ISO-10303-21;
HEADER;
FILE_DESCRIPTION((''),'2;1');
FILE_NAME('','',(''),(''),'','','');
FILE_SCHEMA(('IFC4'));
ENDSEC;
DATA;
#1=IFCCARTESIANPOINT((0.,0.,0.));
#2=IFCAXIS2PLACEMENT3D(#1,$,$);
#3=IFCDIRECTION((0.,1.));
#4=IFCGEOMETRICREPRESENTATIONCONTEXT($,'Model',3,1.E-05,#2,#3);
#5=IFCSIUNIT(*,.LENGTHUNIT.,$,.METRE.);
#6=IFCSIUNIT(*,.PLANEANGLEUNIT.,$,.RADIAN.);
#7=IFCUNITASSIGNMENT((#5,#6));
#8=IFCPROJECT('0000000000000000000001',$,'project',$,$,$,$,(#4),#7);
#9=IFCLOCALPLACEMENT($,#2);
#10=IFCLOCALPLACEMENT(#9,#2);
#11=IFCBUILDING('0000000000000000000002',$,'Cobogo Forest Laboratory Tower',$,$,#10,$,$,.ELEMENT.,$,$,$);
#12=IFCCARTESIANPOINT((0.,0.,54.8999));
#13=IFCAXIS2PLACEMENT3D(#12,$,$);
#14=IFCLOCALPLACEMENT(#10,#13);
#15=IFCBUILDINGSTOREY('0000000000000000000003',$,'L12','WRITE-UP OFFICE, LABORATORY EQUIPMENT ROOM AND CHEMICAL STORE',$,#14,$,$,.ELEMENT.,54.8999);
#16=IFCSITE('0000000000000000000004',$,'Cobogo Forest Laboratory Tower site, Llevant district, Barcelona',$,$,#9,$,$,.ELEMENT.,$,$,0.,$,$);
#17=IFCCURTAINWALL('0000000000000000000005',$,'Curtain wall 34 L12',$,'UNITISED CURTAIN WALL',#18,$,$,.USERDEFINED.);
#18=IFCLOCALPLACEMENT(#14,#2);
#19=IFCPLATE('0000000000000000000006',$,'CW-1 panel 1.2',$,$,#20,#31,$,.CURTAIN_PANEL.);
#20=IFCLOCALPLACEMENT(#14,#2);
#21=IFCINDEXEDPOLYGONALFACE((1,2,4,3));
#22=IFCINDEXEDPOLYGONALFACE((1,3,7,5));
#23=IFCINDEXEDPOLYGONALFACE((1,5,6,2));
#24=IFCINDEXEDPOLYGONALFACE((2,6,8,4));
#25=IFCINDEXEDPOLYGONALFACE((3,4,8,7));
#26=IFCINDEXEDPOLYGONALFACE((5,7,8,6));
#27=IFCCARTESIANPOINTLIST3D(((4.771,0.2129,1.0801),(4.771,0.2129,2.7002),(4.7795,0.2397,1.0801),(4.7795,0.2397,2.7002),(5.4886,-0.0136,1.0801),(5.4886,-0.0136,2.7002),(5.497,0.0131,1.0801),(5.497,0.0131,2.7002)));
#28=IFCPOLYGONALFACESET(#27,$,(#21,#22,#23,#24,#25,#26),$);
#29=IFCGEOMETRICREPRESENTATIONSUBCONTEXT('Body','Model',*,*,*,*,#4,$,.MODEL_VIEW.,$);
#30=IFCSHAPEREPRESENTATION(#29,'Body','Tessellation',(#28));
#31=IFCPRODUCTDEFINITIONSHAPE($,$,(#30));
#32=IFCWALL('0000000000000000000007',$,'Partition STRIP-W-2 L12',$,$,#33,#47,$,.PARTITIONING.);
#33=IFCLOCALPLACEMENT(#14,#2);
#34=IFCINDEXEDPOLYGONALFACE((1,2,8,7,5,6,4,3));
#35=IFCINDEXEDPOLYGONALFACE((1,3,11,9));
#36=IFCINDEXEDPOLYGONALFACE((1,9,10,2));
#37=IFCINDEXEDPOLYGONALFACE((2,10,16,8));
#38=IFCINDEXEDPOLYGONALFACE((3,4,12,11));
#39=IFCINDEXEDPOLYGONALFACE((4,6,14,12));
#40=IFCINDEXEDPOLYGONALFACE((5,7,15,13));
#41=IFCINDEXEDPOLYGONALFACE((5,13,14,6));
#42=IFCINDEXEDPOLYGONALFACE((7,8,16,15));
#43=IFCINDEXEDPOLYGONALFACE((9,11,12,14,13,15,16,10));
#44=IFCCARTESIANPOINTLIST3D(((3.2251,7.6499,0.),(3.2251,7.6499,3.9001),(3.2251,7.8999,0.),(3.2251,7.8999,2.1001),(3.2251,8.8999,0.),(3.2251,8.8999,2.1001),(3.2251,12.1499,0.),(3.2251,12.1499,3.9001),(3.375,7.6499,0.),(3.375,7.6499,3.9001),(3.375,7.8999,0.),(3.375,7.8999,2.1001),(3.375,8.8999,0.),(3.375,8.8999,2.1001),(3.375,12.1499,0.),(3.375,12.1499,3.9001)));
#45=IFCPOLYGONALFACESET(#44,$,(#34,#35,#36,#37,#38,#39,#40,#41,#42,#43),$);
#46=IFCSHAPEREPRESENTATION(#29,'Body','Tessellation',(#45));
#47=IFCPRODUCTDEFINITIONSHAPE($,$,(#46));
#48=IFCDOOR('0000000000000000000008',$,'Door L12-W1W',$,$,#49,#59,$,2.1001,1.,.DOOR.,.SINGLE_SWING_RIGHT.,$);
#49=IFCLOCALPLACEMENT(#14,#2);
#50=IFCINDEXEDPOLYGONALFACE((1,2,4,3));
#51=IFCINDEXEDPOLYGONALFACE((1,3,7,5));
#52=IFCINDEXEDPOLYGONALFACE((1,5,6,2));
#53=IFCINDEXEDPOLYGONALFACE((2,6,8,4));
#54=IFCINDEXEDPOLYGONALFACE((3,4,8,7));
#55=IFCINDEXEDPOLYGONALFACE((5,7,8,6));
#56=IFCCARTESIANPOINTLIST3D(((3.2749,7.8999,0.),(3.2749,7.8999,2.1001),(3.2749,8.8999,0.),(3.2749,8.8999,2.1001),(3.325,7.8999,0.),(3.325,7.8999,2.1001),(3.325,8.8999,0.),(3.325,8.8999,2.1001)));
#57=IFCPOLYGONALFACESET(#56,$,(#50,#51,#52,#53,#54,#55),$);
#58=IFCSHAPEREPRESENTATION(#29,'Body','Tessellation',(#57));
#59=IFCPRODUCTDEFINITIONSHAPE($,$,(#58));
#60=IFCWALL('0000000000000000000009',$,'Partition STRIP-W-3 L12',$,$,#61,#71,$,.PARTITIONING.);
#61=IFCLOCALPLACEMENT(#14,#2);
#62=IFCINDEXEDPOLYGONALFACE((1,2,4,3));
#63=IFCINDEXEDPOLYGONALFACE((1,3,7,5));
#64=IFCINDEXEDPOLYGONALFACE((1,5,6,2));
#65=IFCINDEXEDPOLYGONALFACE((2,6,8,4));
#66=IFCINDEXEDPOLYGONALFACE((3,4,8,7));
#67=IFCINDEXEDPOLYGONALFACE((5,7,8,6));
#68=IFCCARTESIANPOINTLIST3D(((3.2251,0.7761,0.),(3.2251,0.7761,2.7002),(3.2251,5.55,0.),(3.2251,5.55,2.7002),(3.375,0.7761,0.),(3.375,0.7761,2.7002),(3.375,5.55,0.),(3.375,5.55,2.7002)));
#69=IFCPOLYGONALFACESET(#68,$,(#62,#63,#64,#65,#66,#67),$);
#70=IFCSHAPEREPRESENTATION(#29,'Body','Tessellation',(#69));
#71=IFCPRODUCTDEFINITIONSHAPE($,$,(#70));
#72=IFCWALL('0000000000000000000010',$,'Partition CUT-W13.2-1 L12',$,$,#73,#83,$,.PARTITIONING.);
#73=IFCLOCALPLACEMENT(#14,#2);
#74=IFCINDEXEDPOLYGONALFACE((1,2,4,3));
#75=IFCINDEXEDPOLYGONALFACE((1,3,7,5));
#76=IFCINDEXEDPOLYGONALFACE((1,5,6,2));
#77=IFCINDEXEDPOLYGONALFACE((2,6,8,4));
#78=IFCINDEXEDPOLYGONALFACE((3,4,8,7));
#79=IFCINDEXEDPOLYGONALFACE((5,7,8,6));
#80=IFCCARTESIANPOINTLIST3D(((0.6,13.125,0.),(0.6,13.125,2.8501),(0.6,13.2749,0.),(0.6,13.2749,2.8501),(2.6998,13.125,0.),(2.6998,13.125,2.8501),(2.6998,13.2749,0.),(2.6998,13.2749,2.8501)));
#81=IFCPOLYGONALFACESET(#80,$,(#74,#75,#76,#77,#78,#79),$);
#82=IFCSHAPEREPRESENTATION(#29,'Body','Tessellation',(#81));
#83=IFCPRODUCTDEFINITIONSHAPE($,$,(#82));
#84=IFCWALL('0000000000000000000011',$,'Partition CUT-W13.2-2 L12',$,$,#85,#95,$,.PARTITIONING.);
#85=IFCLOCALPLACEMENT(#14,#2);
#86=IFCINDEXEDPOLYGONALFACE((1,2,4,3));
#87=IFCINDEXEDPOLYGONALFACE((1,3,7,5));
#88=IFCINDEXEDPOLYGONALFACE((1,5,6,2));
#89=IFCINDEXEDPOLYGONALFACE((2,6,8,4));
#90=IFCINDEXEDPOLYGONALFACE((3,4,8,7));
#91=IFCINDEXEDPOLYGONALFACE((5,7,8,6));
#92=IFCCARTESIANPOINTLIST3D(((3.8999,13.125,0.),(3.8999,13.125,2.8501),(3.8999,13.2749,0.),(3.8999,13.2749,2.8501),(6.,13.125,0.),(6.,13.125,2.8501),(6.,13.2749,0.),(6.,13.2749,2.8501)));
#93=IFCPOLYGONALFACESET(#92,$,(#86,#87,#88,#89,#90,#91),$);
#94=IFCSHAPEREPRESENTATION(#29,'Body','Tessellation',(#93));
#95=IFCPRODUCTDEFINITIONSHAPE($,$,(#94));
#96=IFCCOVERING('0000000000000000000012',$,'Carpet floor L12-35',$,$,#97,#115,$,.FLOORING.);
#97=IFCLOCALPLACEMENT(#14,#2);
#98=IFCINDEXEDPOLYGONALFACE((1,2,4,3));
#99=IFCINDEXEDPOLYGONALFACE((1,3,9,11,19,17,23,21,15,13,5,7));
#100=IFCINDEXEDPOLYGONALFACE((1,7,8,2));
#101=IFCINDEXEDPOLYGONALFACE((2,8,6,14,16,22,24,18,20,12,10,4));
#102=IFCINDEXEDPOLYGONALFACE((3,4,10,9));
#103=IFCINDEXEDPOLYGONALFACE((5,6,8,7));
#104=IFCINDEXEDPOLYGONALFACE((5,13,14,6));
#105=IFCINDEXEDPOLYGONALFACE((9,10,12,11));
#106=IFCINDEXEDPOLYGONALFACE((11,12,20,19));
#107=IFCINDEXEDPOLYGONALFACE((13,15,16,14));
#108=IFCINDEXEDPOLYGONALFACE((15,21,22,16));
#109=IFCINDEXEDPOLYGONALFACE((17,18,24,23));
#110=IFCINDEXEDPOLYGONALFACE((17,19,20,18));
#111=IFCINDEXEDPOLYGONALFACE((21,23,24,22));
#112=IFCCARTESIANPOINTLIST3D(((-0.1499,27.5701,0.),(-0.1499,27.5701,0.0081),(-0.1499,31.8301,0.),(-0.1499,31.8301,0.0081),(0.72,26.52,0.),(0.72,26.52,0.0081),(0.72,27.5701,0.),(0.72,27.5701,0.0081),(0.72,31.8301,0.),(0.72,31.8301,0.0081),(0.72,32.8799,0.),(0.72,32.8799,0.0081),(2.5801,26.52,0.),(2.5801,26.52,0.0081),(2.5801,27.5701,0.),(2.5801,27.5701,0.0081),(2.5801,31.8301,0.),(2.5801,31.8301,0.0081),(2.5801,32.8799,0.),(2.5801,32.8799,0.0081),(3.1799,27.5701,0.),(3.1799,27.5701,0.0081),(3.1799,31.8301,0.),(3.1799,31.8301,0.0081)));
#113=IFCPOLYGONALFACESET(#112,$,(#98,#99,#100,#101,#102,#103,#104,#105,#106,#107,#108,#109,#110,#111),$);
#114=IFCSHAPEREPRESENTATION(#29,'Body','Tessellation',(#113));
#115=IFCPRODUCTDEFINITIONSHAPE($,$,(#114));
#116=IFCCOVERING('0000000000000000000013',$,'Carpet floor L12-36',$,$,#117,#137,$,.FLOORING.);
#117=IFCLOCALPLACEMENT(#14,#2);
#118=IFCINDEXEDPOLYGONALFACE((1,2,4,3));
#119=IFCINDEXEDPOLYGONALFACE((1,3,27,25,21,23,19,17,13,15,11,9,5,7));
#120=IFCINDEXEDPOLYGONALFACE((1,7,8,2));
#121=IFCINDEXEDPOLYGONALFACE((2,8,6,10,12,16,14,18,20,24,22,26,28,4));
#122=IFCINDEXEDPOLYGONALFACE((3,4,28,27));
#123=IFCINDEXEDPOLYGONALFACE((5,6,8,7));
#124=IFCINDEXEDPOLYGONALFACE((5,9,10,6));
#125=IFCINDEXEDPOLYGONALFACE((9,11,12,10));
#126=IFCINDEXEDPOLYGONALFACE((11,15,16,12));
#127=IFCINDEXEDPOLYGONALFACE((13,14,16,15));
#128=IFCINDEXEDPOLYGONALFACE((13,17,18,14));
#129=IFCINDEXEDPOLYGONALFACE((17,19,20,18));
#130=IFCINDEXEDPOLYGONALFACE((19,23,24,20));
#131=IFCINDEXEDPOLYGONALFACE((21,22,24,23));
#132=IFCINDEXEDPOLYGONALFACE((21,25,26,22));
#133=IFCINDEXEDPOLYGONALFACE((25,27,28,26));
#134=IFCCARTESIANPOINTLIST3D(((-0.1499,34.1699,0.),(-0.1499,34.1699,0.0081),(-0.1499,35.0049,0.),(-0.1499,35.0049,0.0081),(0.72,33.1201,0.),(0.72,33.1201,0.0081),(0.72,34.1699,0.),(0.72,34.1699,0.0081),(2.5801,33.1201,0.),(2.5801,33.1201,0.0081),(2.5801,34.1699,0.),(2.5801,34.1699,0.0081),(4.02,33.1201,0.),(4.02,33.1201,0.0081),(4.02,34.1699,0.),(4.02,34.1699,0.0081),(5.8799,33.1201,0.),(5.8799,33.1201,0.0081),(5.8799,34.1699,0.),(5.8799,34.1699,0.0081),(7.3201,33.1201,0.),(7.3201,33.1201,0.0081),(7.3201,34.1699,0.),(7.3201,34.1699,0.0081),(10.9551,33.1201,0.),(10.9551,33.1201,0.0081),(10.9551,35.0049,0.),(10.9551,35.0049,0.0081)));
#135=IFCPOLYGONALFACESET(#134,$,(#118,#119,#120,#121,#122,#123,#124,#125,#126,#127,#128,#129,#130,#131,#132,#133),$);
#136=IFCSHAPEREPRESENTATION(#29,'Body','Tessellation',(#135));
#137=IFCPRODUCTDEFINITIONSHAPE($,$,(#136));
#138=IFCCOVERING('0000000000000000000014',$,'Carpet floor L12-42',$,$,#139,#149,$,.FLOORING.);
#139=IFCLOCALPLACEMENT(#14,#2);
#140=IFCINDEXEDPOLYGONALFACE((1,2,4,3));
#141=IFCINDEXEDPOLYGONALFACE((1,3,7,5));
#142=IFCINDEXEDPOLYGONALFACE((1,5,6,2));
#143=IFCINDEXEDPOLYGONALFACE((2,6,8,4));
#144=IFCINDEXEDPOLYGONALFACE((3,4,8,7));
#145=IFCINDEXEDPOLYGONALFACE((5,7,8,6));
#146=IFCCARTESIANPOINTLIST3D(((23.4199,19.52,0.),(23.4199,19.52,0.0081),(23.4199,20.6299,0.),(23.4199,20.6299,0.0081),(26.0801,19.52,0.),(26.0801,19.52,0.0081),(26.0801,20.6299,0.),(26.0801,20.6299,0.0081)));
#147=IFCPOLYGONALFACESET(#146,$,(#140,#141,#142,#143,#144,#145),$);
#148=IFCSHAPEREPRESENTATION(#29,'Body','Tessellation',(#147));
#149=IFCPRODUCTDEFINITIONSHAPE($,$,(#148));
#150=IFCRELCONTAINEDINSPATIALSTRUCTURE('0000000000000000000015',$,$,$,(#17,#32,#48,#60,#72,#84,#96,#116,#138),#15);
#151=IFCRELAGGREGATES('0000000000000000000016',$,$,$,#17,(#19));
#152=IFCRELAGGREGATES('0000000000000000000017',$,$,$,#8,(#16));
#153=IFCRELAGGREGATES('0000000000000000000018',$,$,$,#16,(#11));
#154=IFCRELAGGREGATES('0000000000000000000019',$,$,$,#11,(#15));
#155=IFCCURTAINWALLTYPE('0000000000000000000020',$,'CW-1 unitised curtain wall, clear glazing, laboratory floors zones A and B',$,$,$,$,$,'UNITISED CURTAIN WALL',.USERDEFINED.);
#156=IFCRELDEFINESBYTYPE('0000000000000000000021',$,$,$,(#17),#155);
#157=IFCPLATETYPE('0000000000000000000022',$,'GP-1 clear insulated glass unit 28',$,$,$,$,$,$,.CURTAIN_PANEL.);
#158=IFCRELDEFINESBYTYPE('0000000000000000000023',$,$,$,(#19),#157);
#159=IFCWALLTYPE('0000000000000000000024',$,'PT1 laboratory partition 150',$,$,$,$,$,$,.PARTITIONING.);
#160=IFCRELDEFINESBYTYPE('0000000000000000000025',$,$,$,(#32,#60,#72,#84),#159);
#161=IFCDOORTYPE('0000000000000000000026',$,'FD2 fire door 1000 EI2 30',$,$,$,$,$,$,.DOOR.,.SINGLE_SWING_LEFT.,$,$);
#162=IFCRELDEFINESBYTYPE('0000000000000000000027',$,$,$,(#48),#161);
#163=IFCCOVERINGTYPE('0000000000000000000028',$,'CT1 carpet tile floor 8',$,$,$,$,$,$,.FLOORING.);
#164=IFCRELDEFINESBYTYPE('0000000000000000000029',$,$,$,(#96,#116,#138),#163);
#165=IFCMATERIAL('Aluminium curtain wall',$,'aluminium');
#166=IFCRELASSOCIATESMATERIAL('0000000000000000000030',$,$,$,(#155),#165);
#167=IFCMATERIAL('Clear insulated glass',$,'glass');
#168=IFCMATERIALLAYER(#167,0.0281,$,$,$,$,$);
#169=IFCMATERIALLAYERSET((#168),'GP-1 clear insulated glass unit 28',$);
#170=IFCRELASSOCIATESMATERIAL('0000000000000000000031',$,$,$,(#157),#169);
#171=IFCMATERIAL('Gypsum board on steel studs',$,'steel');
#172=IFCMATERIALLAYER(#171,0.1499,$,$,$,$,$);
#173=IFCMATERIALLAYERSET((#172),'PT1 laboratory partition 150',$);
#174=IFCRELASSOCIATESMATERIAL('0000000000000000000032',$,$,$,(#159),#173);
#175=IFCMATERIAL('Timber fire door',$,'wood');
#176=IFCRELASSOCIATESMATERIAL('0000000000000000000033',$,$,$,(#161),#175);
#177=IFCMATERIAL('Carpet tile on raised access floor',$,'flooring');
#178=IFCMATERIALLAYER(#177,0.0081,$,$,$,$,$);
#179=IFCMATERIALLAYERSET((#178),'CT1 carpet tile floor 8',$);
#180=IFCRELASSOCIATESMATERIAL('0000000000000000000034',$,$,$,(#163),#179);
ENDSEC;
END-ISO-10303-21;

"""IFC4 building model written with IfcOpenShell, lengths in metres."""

from ifc_helpers import new_model, si_unit, direction, frame, frame_2d, origin, origin_2d, place, context, subcontext, project, spatial, polyline, rectangle, outline, extrude, material, layer, layer_set, type_object, element, fill, aggregate, save


model = new_model("IFC4")

# Units and contexts
model_context = context("Model", 3, precision=1e-05, world=origin(), true_north=direction((0.0, 1.0)))
body_context = subcontext(model_context, "Body", "Model", "MODEL_VIEW")
ifc_project = project(units=[si_unit("LENGTHUNIT", "METRE"), si_unit("PLANEANGLEUNIT", "RADIAN")], contexts=[model_context])

# Site, building, storey
site_placement = place(None, origin())
site = spatial("IfcSite", under=ifc_project, at=site_placement, Name="Cobogo Forest Laboratory Tower site, Llevant district, Barcelona", CompositionType="ELEMENT", RefElevation=0.0)
building_placement = place(site_placement, origin())
building = spatial("IfcBuilding", under=site, at=building_placement, Name="Cobogo Forest Laboratory Tower", CompositionType="ELEMENT")
storey_placement = place(building_placement, frame((0.0, 0.0, 54.8999)))
storey = spatial("IfcBuildingStorey", under=building, at=storey_placement, Name="L12", Description="WRITE-UP OFFICE, LABORATORY EQUIPMENT ROOM AND CHEMICAL STORE", CompositionType="ELEMENT", Elevation=54.8999)

# Shared definitions
ifc_material_1 = material(Name="Aluminium curtain wall", Category="aluminium")
curtain_wall_type = type_object("IfcCurtainWallType", Name="CW-1 unitised curtain wall, clear glazing, laboratory floors zones A and B", ElementType="UNITISED CURTAIN WALL", PredefinedType="USERDEFINED", material=ifc_material_1)

# Curtain wall
curtain_wall_1_placement = place(storey_placement, origin())
curtain_wall_1 = element("IfcCurtainWall", 1, at=curtain_wall_1_placement, inside=storey, type_object=curtain_wall_type, Name="Curtain wall 34 L12", ObjectType="UNITISED CURTAIN WALL", PredefinedType="USERDEFINED")

# Plate
ifc_material_2 = material(Name="Clear insulated glass", Category="glass")
ifc_layer_1 = layer(ifc_material_2, 0.0281)
ifc_layer_set_1 = layer_set([ifc_layer_1], Name="GP-1 clear insulated glass unit 28")
plate_type = type_object("IfcPlateType", Name="GP-1 clear insulated glass unit 28", PredefinedType="CURTAIN_PANEL", material=ifc_layer_set_1)
plate_1_placement = place(storey_placement, frame((5.134, 0.113, 1.0801), z_axis=(0.0, 0.0, 1.0), x_axis=(0.953582, -0.301135, 0.0)))
plate_1 = element("IfcPlate", 2, at=plate_1_placement, type_object=plate_type, Name="CW-1 panel 1.2", PredefinedType="CURTAIN_PANEL", context=body_context, shape_type="SweptSolid", body=[
    extrude(rectangle(XDim=0.7524, YDim=0.0281, at=origin_2d()), origin(), (0.0, 0.0, 1.0), 1.6201),
])
aggregate(curtain_wall_1, [plate_1])

# Wall, opening, door
ifc_material_3 = material(Name="Gypsum board on steel studs", Category="steel")
ifc_layer_2 = layer(ifc_material_3, 0.1499)
ifc_layer_set_2 = layer_set([ifc_layer_2], Name="PT1 laboratory partition 150")
wall_type = type_object("IfcWallType", Name="PT1 laboratory partition 150", PredefinedType="PARTITIONING", material=ifc_layer_set_2)
wall_1_placement = place(storey_placement, frame((3.3, 12.1499, 0.0), z_axis=(0.0, 0.0, 1.0), x_axis=(0.0, -1.0, 0.0)))
wall_1 = element("IfcWall", 3, at=wall_1_placement, inside=storey, type_object=wall_type, Name="Partition STRIP-W-2 L12", PredefinedType="PARTITIONING", context=body_context, shape_type="SweptSolid", body=[
    extrude(rectangle(XDim=4.5, YDim=0.1499, at=frame_2d((2.25, 0.0))), origin(), (0.0, 0.0, 1.0), 3.9001),
])
opening_placement = place(wall_1_placement, frame((3.25, 0.0, 0.0)))
opening = element("IfcOpeningElement", 4, at=opening_placement, cuts=wall_1, PredefinedType="OPENING", context=body_context, shape_type="SweptSolid", body=[
    extrude(rectangle(XDim=1.0, YDim=2.1001, at=frame_2d((0.5, 1.05))), frame((0.0, 0.085, 0.0), z_axis=(0.0, -1.0, 0.0), x_axis=(1.0, 0.0, 0.0)), (0.0, 0.0, 1.0), 0.1699),
])
ifc_material_4 = material(Name="Timber fire door", Category="wood")
door_type = type_object("IfcDoorType", Name="FD2 fire door 1000 EI2 30", OperationType="SINGLE_SWING_LEFT", PredefinedType="DOOR", material=ifc_material_4)
door_placement = place(opening_placement, origin())
door = element("IfcDoor", 5, at=door_placement, inside=storey, type_object=door_type, Name="Door L12-W1W", OperationType="SINGLE_SWING_RIGHT", OverallHeight=2.1001, OverallWidth=1.0, PredefinedType="DOOR", context=body_context, shape_type="SweptSolid", body=[
    extrude(rectangle(XDim=1.0, YDim=2.1001, at=frame_2d((0.5, 1.05))), frame((0.0, 0.0249, 0.0), z_axis=(0.0, -1.0, 0.0), x_axis=(1.0, 0.0, 0.0)), (0.0, 0.0, 1.0), 0.05),
])
fill(opening, door)

# Walls
wall_2_placement = place(storey_placement, frame((3.3, 5.55, 0.0), z_axis=(0.0, 0.0, 1.0), x_axis=(0.0, -1.0, 0.0)))
element("IfcWall", 6, at=wall_2_placement, inside=storey, type_object=wall_type, Name="Partition STRIP-W-3 L12", PredefinedType="PARTITIONING", context=body_context, shape_type="SweptSolid", body=[
    extrude(rectangle(XDim=4.7739, YDim=0.1499, at=frame_2d((2.387, 0.0))), origin(), (0.0, 0.0, 1.0), 2.7002),
])
wall_3_placement = place(storey_placement, frame((0.6001, 13.2, 0.0), z_axis=(0.0, 0.0, 1.0), x_axis=(1.0, 0.0, 0.0)))
element("IfcWall", 7, at=wall_3_placement, inside=storey, type_object=wall_type, Name="Partition CUT-W13.2-1 L12", PredefinedType="PARTITIONING", context=body_context, shape_type="SweptSolid", body=[
    extrude(rectangle(XDim=2.0999, YDim=0.1499, at=frame_2d((1.0498, 0.0))), origin(), (0.0, 0.0, 1.0), 2.8501),
])
wall_4_placement = place(storey_placement, frame((3.8999, 13.2, 0.0), z_axis=(0.0, 0.0, 1.0), x_axis=(1.0, 0.0, 0.0)))
element("IfcWall", 8, at=wall_4_placement, inside=storey, type_object=wall_type, Name="Partition CUT-W13.2-2 L12", PredefinedType="PARTITIONING", context=body_context, shape_type="SweptSolid", body=[
    extrude(rectangle(XDim=2.1001, YDim=0.1499, at=frame_2d((1.05, 0.0))), origin(), (0.0, 0.0, 1.0), 2.8501),
])

# Coverings
ifc_material_5 = material(Name="Carpet tile on raised access floor", Category="flooring")
ifc_layer_3 = layer(ifc_material_5, 0.0081)
ifc_layer_set_3 = layer_set([ifc_layer_3], Name="CT1 carpet tile floor 8")
covering_type = type_object("IfcCoveringType", Name="CT1 carpet tile floor 8", PredefinedType="FLOORING", material=ifc_layer_set_3)
covering_1_placement = place(storey_placement, origin())
element("IfcCovering", 9, at=covering_1_placement, inside=storey, type_object=covering_type, Name="Carpet floor L12-35", PredefinedType="FLOORING", context=body_context, shape_type="SweptSolid", body=[
    extrude(outline(polyline([(3.1799, 27.5701), (2.5801, 27.5701), (2.5801, 26.52), (0.72, 26.52), (0.72, 27.5701), (-0.1499, 27.5701), (-0.1499, 31.8301), (0.72, 31.8301), (0.72, 32.8799), (2.5801, 32.8799), (2.5801, 31.8301), (3.1799, 31.8301), (3.1799, 27.5701)])), origin(), (0.0, 0.0, 1.0), 0.0081),
])
covering_2_placement = place(storey_placement, origin())
element("IfcCovering", 10, at=covering_2_placement, inside=storey, type_object=covering_type, Name="Carpet floor L12-36", PredefinedType="FLOORING", context=body_context, shape_type="SweptSolid", body=[
    extrude(outline(polyline([(10.9551, 33.1201), (7.3201, 33.1201), (7.3201, 34.1699), (5.8799, 34.1699), (5.8799, 33.1201), (4.02, 33.1201), (4.02, 34.1699), (2.5801, 34.1699), (2.5801, 33.1201), (0.72, 33.1201), (0.72, 34.1699), (-0.1499, 34.1699), (-0.1499, 35.0049), (10.9551, 35.0049), (10.9551, 33.1201)])), origin(), (0.0, 0.0, 1.0), 0.0081),
])
covering_3_placement = place(storey_placement, origin())
element("IfcCovering", 11, at=covering_3_placement, inside=storey, type_object=covering_type, Name="Carpet floor L12-42", PredefinedType="FLOORING", context=body_context, shape_type="SweptSolid", body=[
    extrude(outline(polyline([(26.0801, 19.52), (23.4199, 19.52), (23.4199, 20.6299), (26.0801, 20.6299), (26.0801, 19.52)])), origin(), (0.0, 0.0, 1.0), 0.0081),
])

save(model, "model.ifc")
